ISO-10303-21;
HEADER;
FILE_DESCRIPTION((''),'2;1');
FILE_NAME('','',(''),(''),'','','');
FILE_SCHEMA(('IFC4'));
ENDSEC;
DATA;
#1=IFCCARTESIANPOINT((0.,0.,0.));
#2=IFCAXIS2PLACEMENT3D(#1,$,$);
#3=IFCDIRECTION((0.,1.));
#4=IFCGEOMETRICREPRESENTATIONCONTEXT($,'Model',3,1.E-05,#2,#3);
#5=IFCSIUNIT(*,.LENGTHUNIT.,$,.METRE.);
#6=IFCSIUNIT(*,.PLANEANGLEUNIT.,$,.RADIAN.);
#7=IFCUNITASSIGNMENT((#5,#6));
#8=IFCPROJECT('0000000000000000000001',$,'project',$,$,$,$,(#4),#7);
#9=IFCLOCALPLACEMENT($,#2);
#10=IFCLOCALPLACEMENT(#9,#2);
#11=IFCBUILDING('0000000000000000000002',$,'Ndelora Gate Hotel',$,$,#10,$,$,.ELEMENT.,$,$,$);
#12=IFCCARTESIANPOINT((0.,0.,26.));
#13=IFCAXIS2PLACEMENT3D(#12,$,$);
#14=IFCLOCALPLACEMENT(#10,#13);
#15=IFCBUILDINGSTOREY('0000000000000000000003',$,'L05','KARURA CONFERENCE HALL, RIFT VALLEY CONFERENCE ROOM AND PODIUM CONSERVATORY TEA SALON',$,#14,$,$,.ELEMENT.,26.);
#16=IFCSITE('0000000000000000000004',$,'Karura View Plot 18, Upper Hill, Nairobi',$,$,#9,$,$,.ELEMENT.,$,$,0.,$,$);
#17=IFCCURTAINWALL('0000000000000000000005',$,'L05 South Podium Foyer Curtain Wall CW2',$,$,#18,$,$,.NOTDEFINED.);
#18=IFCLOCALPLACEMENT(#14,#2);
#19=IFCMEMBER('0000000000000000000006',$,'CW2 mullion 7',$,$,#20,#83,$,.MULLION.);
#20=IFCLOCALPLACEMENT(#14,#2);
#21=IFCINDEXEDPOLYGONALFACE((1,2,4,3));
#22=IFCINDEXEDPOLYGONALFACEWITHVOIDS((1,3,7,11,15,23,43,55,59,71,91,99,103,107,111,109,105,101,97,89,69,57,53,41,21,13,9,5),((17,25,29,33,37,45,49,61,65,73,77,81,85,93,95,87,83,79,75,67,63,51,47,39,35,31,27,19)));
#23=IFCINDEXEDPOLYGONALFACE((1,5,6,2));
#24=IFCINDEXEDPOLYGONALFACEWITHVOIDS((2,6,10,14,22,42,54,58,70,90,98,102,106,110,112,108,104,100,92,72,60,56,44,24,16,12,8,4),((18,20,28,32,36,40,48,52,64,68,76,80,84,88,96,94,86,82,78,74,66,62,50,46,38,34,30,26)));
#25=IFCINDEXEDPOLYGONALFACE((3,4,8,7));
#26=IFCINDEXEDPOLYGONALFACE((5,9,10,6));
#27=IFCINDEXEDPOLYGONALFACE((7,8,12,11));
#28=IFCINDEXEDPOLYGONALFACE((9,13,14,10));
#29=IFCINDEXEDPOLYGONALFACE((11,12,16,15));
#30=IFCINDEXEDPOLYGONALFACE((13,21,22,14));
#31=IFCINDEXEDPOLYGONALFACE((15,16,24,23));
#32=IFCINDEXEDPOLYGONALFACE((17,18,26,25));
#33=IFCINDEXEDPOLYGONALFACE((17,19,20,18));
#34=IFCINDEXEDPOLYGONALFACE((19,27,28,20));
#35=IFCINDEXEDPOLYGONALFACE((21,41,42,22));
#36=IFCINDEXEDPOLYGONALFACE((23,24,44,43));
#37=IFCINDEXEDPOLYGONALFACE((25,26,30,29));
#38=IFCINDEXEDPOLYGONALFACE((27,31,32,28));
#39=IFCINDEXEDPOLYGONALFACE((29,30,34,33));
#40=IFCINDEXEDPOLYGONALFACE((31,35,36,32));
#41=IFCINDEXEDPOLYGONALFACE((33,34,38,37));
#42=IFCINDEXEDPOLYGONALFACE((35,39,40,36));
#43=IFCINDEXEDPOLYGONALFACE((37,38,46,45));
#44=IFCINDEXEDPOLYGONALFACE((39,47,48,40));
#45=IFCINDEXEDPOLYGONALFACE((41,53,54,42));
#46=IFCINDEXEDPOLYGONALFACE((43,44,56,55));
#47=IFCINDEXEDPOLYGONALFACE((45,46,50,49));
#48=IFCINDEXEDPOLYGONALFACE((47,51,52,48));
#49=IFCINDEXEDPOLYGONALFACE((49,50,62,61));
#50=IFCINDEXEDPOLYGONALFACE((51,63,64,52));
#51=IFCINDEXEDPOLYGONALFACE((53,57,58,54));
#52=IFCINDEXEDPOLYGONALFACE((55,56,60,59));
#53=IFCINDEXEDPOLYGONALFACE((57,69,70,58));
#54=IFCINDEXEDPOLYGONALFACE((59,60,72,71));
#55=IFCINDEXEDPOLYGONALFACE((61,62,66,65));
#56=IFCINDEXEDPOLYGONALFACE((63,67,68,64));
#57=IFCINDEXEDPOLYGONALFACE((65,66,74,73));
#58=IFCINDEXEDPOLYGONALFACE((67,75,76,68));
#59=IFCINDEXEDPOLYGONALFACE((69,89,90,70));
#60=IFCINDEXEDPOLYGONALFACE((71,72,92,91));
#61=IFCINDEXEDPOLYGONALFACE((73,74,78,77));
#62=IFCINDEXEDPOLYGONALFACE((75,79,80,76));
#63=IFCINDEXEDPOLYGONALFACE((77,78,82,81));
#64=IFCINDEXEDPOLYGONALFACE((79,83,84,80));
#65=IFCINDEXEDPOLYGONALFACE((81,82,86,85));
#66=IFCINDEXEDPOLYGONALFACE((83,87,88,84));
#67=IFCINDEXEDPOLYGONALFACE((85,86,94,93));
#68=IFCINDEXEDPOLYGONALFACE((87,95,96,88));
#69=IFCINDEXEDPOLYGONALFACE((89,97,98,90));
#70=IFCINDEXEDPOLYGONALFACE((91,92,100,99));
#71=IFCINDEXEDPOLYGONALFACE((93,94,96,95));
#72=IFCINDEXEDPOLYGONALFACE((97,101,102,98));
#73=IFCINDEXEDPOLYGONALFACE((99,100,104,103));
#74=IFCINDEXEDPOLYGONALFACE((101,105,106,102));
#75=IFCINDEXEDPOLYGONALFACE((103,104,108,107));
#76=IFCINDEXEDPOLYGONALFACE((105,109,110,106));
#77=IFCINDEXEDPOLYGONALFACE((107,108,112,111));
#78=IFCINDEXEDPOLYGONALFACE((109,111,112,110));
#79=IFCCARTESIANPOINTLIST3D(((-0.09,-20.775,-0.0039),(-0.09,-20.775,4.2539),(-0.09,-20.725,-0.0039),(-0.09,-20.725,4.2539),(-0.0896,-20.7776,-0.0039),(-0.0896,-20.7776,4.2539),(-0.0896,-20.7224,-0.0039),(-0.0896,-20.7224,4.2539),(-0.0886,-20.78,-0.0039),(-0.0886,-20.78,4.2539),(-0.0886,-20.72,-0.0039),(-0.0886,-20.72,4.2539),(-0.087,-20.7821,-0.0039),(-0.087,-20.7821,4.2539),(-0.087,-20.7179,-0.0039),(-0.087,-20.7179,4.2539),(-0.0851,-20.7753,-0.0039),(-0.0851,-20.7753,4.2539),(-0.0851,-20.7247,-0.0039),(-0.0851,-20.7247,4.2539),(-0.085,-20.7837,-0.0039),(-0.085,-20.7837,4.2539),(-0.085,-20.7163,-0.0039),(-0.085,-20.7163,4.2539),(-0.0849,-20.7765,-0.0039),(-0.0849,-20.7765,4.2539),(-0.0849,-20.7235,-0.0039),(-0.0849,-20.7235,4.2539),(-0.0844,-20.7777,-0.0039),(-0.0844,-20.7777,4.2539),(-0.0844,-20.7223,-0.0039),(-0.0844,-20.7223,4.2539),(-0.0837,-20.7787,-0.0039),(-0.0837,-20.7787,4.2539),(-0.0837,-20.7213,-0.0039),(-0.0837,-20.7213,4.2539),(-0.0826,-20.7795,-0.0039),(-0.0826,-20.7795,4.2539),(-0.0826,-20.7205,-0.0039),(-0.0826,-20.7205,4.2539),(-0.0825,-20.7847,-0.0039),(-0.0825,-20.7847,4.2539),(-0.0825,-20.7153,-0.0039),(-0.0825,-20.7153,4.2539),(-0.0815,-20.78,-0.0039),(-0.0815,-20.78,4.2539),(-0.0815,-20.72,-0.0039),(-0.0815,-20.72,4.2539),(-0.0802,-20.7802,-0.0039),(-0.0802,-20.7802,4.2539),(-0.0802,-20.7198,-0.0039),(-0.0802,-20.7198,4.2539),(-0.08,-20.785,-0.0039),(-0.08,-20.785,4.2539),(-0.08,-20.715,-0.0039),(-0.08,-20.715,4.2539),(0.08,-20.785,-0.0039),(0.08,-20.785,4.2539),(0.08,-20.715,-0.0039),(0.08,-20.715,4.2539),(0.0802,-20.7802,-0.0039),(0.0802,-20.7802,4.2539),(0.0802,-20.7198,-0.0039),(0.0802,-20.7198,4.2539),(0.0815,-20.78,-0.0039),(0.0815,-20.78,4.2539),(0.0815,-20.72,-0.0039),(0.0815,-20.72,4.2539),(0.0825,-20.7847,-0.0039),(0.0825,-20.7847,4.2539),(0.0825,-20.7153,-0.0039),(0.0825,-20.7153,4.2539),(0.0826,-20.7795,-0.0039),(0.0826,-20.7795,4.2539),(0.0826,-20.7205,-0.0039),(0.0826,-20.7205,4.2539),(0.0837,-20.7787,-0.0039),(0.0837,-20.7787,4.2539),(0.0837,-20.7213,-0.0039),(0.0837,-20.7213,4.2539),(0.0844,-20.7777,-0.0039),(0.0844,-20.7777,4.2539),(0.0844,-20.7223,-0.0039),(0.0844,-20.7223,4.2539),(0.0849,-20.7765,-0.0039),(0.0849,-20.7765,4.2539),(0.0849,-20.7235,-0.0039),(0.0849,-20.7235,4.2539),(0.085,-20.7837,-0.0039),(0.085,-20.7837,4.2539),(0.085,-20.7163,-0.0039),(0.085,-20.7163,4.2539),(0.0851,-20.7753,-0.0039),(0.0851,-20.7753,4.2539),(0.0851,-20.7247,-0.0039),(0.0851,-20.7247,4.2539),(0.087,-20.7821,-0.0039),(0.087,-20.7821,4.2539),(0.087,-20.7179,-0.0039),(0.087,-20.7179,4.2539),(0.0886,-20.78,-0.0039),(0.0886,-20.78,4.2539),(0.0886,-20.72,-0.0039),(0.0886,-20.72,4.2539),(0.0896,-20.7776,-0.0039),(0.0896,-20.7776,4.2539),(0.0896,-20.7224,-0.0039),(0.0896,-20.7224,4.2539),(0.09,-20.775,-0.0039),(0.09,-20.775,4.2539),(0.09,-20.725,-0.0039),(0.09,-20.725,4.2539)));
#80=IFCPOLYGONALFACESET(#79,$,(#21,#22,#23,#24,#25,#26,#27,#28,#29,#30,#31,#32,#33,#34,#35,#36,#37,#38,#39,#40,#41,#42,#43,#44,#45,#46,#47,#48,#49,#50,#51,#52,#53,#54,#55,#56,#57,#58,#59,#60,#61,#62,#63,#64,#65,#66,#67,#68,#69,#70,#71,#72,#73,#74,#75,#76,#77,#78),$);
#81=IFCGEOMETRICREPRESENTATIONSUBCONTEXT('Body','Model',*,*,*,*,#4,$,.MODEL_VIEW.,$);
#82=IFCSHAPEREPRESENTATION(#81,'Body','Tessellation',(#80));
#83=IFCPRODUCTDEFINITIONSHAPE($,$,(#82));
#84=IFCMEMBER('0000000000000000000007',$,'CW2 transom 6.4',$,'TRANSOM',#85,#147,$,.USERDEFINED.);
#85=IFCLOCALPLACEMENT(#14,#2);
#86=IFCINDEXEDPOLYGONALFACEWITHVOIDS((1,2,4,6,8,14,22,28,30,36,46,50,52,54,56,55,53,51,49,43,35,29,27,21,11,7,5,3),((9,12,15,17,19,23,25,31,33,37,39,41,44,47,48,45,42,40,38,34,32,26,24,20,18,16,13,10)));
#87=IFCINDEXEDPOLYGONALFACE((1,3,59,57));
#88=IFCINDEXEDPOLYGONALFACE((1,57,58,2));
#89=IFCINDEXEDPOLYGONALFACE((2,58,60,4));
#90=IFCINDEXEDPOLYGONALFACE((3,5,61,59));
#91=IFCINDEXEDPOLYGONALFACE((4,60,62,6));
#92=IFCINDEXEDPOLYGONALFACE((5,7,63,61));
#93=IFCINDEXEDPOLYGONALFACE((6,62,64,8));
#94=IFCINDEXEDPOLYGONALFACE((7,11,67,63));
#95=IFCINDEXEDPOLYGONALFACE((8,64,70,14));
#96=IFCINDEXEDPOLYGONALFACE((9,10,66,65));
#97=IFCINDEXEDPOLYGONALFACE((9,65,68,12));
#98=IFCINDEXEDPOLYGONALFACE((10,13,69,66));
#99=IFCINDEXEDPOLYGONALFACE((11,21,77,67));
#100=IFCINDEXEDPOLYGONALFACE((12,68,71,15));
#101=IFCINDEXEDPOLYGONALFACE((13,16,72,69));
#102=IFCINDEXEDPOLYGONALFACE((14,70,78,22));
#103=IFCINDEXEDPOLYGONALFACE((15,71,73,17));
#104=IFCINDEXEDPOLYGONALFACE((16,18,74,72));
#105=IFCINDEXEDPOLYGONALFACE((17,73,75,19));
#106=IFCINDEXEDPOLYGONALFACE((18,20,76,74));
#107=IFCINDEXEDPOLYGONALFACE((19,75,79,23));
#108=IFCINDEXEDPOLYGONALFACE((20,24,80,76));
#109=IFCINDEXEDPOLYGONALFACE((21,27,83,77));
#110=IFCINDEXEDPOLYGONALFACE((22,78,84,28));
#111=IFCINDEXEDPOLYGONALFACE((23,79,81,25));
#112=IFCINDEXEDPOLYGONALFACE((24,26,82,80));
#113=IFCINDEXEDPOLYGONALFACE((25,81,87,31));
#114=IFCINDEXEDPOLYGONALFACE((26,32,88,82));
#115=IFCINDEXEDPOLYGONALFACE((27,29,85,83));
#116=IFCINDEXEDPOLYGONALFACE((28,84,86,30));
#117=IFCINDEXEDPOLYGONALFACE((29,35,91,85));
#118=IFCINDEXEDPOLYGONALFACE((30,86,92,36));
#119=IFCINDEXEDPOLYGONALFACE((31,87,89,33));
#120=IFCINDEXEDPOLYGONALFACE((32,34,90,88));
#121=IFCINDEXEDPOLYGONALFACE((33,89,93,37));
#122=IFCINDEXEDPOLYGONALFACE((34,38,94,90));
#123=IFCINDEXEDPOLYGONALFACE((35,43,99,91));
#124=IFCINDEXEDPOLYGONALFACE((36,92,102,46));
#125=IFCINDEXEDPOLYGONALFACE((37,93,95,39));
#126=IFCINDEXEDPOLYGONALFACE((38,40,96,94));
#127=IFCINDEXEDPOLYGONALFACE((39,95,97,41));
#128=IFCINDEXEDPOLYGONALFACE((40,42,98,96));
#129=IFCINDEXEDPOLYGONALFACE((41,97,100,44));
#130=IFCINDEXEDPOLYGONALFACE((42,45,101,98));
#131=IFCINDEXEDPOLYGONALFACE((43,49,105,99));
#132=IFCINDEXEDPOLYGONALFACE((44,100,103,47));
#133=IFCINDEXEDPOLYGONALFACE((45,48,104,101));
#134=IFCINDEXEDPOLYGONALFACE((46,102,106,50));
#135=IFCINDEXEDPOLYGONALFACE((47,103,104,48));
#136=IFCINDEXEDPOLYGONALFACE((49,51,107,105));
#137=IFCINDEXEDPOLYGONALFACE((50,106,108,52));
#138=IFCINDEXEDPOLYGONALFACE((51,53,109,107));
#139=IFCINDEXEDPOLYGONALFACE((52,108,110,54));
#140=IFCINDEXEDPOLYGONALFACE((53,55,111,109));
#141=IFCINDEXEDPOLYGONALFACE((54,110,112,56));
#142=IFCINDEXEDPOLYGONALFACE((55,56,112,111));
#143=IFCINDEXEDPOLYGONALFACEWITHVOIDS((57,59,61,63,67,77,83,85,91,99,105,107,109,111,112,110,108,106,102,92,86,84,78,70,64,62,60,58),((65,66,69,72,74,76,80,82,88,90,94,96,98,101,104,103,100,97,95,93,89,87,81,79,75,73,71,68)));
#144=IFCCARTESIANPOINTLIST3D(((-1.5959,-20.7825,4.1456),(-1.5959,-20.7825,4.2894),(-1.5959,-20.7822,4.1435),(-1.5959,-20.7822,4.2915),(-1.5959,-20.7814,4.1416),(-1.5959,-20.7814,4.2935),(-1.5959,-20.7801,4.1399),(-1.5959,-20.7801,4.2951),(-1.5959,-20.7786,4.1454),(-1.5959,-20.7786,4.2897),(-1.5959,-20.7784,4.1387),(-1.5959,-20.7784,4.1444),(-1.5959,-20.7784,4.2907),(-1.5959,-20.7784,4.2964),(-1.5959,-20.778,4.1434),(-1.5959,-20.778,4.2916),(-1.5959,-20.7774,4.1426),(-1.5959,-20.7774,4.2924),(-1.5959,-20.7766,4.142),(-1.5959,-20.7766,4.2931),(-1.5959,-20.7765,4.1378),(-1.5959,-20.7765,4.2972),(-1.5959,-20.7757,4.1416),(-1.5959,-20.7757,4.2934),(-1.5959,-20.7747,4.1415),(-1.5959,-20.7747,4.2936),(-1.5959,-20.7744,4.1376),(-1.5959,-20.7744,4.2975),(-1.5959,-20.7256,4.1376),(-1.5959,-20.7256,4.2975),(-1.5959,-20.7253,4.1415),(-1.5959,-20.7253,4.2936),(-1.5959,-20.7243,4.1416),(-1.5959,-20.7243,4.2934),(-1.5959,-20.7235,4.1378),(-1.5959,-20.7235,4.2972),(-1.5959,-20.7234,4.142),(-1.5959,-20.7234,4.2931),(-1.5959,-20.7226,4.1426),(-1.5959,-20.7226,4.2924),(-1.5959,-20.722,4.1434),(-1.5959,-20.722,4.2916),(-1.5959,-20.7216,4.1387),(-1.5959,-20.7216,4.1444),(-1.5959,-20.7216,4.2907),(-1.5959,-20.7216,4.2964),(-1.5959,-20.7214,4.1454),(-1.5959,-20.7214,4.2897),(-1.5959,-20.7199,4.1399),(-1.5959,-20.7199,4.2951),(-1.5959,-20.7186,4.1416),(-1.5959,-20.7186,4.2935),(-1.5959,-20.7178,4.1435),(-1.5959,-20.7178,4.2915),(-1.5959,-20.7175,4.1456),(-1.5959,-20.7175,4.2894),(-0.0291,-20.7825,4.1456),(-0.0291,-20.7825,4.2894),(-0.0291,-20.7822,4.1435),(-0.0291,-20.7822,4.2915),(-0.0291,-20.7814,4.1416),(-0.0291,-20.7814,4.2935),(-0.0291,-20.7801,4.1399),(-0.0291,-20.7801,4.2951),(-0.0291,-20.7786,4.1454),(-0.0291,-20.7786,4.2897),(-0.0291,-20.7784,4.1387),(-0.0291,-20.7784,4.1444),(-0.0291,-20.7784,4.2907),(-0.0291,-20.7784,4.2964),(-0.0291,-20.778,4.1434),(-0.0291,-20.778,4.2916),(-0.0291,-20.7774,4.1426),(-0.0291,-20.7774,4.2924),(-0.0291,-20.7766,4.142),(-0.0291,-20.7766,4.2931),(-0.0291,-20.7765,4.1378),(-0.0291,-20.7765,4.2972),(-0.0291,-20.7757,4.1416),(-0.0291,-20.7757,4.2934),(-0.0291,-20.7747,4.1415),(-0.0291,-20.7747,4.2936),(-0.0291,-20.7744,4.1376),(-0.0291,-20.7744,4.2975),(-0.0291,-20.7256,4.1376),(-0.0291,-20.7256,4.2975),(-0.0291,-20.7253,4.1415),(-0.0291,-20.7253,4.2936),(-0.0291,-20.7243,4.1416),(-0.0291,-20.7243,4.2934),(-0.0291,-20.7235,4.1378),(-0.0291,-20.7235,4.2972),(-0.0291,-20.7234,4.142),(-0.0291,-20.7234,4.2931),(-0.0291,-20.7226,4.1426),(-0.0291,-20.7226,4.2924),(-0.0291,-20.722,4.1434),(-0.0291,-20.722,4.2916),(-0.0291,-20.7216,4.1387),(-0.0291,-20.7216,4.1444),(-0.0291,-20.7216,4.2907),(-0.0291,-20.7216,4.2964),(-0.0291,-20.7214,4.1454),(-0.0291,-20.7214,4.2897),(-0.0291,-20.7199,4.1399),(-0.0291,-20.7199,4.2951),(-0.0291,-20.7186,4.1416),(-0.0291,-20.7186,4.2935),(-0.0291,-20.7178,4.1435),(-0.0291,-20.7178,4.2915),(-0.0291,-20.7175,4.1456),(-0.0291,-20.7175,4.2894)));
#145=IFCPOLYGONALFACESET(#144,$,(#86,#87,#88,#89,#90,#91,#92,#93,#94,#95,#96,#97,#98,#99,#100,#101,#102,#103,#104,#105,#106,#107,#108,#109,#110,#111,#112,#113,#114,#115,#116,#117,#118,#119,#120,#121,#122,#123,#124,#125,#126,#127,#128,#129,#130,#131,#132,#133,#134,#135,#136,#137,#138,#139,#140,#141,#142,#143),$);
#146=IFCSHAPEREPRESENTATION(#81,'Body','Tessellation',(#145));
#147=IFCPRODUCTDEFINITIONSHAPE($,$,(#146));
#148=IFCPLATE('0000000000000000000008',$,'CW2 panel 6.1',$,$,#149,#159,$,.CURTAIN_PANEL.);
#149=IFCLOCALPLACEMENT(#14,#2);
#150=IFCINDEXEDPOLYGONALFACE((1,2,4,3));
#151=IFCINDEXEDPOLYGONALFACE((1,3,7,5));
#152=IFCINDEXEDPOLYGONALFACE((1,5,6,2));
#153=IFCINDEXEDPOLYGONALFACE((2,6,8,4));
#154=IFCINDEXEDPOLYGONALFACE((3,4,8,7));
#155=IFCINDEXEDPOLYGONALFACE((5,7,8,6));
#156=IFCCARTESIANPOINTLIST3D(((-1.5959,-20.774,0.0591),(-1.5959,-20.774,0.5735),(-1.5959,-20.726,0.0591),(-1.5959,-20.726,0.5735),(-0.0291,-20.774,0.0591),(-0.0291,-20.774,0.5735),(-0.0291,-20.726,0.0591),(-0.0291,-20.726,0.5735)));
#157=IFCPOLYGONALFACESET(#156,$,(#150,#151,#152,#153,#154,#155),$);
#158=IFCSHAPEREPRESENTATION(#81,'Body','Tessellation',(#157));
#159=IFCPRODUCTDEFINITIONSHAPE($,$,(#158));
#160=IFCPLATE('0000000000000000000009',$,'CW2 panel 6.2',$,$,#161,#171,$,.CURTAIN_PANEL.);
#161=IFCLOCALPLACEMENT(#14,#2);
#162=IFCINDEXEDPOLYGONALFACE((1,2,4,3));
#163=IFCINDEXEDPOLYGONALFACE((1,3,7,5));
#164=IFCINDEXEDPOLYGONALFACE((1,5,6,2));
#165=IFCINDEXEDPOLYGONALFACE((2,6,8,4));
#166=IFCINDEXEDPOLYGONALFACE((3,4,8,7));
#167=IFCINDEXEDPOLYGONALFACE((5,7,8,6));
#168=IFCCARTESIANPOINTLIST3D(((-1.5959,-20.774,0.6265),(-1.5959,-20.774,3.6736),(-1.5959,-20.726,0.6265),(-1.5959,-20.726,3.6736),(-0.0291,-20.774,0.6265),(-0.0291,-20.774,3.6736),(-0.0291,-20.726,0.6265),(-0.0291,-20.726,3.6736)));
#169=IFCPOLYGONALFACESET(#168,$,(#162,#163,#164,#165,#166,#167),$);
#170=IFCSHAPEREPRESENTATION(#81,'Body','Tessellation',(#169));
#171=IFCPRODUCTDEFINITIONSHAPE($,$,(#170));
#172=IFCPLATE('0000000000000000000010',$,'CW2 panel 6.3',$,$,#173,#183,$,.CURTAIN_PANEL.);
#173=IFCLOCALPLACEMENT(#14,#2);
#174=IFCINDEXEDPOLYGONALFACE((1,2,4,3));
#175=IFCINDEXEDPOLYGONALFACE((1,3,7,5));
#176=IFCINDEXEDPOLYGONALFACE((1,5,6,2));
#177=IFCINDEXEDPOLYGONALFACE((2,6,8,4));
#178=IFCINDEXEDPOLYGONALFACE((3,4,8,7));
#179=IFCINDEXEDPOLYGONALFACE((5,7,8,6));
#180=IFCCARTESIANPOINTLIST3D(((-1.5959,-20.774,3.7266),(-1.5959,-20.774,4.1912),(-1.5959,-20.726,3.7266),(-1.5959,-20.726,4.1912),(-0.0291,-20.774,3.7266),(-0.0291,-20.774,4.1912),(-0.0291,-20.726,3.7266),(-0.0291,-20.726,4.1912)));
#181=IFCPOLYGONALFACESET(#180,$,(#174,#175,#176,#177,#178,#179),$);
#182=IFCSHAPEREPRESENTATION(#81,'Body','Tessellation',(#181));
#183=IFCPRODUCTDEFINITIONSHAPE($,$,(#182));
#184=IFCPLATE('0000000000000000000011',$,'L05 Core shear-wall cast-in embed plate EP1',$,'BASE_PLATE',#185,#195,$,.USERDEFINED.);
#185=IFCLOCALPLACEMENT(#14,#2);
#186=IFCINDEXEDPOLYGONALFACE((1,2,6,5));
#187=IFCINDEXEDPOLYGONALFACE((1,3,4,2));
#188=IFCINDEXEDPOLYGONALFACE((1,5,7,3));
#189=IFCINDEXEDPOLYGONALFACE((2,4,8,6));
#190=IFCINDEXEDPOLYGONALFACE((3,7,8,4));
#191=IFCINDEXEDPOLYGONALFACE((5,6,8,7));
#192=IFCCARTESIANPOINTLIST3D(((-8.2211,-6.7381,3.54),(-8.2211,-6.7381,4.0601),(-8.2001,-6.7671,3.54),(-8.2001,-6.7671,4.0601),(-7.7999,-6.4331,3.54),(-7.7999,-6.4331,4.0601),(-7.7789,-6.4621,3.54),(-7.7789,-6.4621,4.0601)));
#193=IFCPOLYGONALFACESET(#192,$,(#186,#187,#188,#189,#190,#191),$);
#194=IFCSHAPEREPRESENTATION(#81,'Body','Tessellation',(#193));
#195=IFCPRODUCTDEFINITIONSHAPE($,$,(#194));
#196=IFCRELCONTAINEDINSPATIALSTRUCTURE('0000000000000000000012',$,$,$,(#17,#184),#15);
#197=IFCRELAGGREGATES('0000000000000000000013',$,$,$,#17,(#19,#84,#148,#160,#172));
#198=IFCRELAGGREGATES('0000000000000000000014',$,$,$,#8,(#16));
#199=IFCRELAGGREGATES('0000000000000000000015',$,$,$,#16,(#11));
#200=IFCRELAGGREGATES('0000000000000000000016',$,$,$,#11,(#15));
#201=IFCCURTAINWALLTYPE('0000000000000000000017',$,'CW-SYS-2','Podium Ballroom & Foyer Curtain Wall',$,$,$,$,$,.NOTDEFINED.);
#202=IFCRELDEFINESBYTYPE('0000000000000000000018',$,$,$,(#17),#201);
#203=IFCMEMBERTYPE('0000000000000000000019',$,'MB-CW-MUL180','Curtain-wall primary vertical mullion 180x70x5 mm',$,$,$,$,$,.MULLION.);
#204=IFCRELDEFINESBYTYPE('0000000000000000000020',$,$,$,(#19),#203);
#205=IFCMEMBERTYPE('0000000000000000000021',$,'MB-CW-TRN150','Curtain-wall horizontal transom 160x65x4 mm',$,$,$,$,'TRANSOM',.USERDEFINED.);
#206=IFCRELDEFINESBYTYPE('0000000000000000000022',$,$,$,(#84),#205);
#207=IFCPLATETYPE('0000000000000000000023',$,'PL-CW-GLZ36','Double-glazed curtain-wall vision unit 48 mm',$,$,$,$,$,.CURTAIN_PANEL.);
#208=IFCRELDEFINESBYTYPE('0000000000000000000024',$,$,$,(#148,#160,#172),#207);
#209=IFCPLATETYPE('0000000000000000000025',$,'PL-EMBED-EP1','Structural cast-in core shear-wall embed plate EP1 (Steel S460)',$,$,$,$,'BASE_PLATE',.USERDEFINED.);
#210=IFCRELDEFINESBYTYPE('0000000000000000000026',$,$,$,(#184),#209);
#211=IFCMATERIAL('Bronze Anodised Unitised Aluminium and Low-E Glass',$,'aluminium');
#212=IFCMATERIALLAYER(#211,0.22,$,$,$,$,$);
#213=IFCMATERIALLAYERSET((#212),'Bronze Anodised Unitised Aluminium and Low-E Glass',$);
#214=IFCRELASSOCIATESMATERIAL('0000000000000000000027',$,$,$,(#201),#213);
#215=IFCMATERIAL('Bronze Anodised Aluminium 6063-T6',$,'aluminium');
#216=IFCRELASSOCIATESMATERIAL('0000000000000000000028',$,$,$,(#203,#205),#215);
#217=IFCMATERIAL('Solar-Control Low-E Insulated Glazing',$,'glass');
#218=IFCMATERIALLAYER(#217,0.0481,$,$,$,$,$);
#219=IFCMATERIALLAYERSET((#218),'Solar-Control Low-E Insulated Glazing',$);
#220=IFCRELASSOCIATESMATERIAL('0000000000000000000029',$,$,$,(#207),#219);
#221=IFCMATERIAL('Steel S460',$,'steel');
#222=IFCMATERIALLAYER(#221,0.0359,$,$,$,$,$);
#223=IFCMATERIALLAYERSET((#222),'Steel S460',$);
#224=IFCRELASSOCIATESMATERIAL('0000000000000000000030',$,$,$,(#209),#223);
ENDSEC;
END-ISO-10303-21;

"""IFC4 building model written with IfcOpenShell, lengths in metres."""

from ifc_helpers import new_model, si_unit, direction, frame, origin, origin_2d, place, context, subcontext, project, spatial, rectangle, hollow_rectangle, extrude, material, layer, layer_set, material_profile, profile_set, type_object, element, aggregate, save


model = new_model("IFC4")

# Units and contexts
model_context = context("Model", 3, precision=1e-05, world=origin(), true_north=direction((0.0, 1.0)))
body_context = subcontext(model_context, "Body", "Model", "MODEL_VIEW")
ifc_project = project(units=[si_unit("LENGTHUNIT", "METRE"), si_unit("PLANEANGLEUNIT", "RADIAN")], contexts=[model_context])

# Site, building, storey
site_placement = place(None, origin())
site = spatial("IfcSite", under=ifc_project, at=site_placement, Name="Karura View Plot 18, Upper Hill, Nairobi", CompositionType="ELEMENT", RefElevation=0.0)
building_placement = place(site_placement, origin())
building = spatial("IfcBuilding", under=site, at=building_placement, Name="Ndelora Gate Hotel", CompositionType="ELEMENT")
storey_placement = place(building_placement, frame((0.0, 0.0, 26.0)))
storey = spatial("IfcBuildingStorey", under=building, at=storey_placement, Name="L05", Description="KARURA CONFERENCE HALL, RIFT VALLEY CONFERENCE ROOM AND PODIUM CONSERVATORY TEA SALON", CompositionType="ELEMENT", Elevation=26.0)

# Shared definitions
ifc_material_1 = material(Name="Steel S460", Category="steel")

# Curtain wall, members, plates
ifc_material_2 = material(Name="Bronze Anodised Unitised Aluminium and Low-E Glass", Category="aluminium")
ifc_layer_1 = layer(ifc_material_2, 0.22)
ifc_layer_set_1 = layer_set([ifc_layer_1], Name="Bronze Anodised Unitised Aluminium and Low-E Glass")
curtain_wall_type = type_object("IfcCurtainWallType", Name="CW-SYS-2", Description="Podium Ballroom & Foyer Curtain Wall", PredefinedType="NOTDEFINED", material=ifc_layer_set_1)
curtain_wall_placement = place(storey_placement, origin())
curtain_wall = element("IfcCurtainWall", 1, at=curtain_wall_placement, inside=storey, type_object=curtain_wall_type, Name="L05 South Podium Foyer Curtain Wall CW2", PredefinedType="NOTDEFINED")
ifc_material_3 = material(Name="Bronze Anodised Aluminium 6063-T6", Category="aluminium")
ifc_material_profile_1 = material_profile(ifc_material_3, hollow_rectangle(XDim=0.0701, YDim=0.1799, WallThickness=0.0049, InnerFilletRadius=0.0049, OuterFilletRadius=0.01, at=origin_2d()), Name="ALU 180x70x5")
ifc_profile_set_1 = profile_set([ifc_material_profile_1], Name="Bronze Anodised Aluminium 6063-T6")
member_type_1 = type_object("IfcMemberType", Name="MB-CW-MUL180", Description="Curtain-wall primary vertical mullion 180x70x5 mm", PredefinedType="MULLION", material=ifc_profile_set_1)
member_1_placement = place(storey_placement, frame((0.0, -20.75, -0.0039), z_axis=(0.0, 0.0, 1.0), x_axis=(0.0, 1.0, 0.0)))
member_1 = element("IfcMember", 2, at=member_1_placement, type_object=member_type_1, Name="CW2 mullion 7", PredefinedType="MULLION", context=body_context, shape_type="SweptSolid", body=[
    extrude(hollow_rectangle(XDim=0.0701, YDim=0.1799, WallThickness=0.0049, InnerFilletRadius=0.0049, OuterFilletRadius=0.01, at=origin_2d()), origin(), (0.0, 0.0, 1.0), 4.2578),
])
ifc_material_profile_2 = material_profile(ifc_material_3, hollow_rectangle(XDim=0.0649, YDim=0.1599, WallThickness=0.0039, InnerFilletRadius=0.0039, OuterFilletRadius=0.0081, at=origin_2d()), Name="ALU 160x65x4")
ifc_profile_set_2 = profile_set([ifc_material_profile_2], Name="Bronze Anodised Aluminium 6063-T6")
member_type_2 = type_object("IfcMemberType", Name="MB-CW-TRN150", Description="Curtain-wall horizontal transom 160x65x4 mm", ElementType="TRANSOM", PredefinedType="USERDEFINED", material=ifc_profile_set_2)
member_2_placement = place(storey_placement, frame((-1.5959, -20.75, 4.2175), z_axis=(1.0, 0.0, 0.0), x_axis=(0.0, 1.0, 0.0)))
member_2 = element("IfcMember", 3, at=member_2_placement, type_object=member_type_2, Name="CW2 transom 6.4", ObjectType="TRANSOM", PredefinedType="USERDEFINED", context=body_context, shape_type="SweptSolid", body=[
    extrude(hollow_rectangle(XDim=0.0649, YDim=0.1599, WallThickness=0.0039, InnerFilletRadius=0.0039, OuterFilletRadius=0.0081, at=origin_2d()), origin(), (0.0, 0.0, 1.0), 1.5669),
])
ifc_material_4 = material(Name="Solar-Control Low-E Insulated Glazing", Category="glass")
ifc_layer_2 = layer(ifc_material_4, 0.0481)
ifc_layer_set_2 = layer_set([ifc_layer_2], Name="Solar-Control Low-E Insulated Glazing")
plate_type_1 = type_object("IfcPlateType", Name="PL-CW-GLZ36", Description="Double-glazed curtain-wall vision unit 48 mm", PredefinedType="CURTAIN_PANEL", material=ifc_layer_set_2)
plate_1_placement = place(storey_placement, frame((-0.8125, -20.75, 0.0591), z_axis=(0.0, 0.0, 1.0), x_axis=(1.0, 0.0, 0.0)))
plate_1 = element("IfcPlate", 4, at=plate_1_placement, type_object=plate_type_1, Name="CW2 panel 6.1", PredefinedType="CURTAIN_PANEL", context=body_context, shape_type="SweptSolid", body=[
    extrude(rectangle(XDim=1.5669, YDim=0.0481, at=origin_2d()), origin(), (0.0, 0.0, 1.0), 0.5144),
])
plate_2_placement = place(storey_placement, frame((-0.8125, -20.75, 0.6265), z_axis=(0.0, 0.0, 1.0), x_axis=(1.0, 0.0, 0.0)))
plate_2 = element("IfcPlate", 5, at=plate_2_placement, type_object=plate_type_1, Name="CW2 panel 6.2", PredefinedType="CURTAIN_PANEL", context=body_context, shape_type="SweptSolid", body=[
    extrude(rectangle(XDim=1.5669, YDim=0.0481, at=origin_2d()), origin(), (0.0, 0.0, 1.0), 3.0471),
])
plate_3_placement = place(storey_placement, frame((-0.8125, -20.75, 3.7266), z_axis=(0.0, 0.0, 1.0), x_axis=(1.0, 0.0, 0.0)))
plate_3 = element("IfcPlate", 6, at=plate_3_placement, type_object=plate_type_1, Name="CW2 panel 6.3", PredefinedType="CURTAIN_PANEL", context=body_context, shape_type="SweptSolid", body=[
    extrude(rectangle(XDim=1.5669, YDim=0.0481, at=origin_2d()), origin(), (0.0, 0.0, 1.0), 0.4646),
])
aggregate(curtain_wall, [member_1, member_2, plate_1, plate_2, plate_3])

# Plate
ifc_layer_3 = layer(ifc_material_1, 0.0359)
ifc_layer_set_3 = layer_set([ifc_layer_3], Name="Steel S460")
plate_type_2 = type_object("IfcPlateType", Name="PL-EMBED-EP1", Description="Structural cast-in core shear-wall embed plate EP1 (Steel S460)", ElementType="BASE_PLATE", PredefinedType="USERDEFINED", material=ifc_layer_set_3)
plate_4_placement = place(storey_placement, frame((-8.0, -6.6001, 3.54), z_axis=(0.0, 0.0, 1.0), x_axis=(0.809939, 0.586514, 0.0)))
element("IfcPlate", 7, at=plate_4_placement, inside=storey, type_object=plate_type_2, Name="L05 Core shear-wall cast-in embed plate EP1", ObjectType="BASE_PLATE", PredefinedType="USERDEFINED", context=body_context, shape_type="SweptSolid", body=[
    extrude(rectangle(XDim=0.52, YDim=0.0359, at=origin_2d()), origin(), (0.0, 0.0, 1.0), 0.52),
])

save(model, "model.ifc")
